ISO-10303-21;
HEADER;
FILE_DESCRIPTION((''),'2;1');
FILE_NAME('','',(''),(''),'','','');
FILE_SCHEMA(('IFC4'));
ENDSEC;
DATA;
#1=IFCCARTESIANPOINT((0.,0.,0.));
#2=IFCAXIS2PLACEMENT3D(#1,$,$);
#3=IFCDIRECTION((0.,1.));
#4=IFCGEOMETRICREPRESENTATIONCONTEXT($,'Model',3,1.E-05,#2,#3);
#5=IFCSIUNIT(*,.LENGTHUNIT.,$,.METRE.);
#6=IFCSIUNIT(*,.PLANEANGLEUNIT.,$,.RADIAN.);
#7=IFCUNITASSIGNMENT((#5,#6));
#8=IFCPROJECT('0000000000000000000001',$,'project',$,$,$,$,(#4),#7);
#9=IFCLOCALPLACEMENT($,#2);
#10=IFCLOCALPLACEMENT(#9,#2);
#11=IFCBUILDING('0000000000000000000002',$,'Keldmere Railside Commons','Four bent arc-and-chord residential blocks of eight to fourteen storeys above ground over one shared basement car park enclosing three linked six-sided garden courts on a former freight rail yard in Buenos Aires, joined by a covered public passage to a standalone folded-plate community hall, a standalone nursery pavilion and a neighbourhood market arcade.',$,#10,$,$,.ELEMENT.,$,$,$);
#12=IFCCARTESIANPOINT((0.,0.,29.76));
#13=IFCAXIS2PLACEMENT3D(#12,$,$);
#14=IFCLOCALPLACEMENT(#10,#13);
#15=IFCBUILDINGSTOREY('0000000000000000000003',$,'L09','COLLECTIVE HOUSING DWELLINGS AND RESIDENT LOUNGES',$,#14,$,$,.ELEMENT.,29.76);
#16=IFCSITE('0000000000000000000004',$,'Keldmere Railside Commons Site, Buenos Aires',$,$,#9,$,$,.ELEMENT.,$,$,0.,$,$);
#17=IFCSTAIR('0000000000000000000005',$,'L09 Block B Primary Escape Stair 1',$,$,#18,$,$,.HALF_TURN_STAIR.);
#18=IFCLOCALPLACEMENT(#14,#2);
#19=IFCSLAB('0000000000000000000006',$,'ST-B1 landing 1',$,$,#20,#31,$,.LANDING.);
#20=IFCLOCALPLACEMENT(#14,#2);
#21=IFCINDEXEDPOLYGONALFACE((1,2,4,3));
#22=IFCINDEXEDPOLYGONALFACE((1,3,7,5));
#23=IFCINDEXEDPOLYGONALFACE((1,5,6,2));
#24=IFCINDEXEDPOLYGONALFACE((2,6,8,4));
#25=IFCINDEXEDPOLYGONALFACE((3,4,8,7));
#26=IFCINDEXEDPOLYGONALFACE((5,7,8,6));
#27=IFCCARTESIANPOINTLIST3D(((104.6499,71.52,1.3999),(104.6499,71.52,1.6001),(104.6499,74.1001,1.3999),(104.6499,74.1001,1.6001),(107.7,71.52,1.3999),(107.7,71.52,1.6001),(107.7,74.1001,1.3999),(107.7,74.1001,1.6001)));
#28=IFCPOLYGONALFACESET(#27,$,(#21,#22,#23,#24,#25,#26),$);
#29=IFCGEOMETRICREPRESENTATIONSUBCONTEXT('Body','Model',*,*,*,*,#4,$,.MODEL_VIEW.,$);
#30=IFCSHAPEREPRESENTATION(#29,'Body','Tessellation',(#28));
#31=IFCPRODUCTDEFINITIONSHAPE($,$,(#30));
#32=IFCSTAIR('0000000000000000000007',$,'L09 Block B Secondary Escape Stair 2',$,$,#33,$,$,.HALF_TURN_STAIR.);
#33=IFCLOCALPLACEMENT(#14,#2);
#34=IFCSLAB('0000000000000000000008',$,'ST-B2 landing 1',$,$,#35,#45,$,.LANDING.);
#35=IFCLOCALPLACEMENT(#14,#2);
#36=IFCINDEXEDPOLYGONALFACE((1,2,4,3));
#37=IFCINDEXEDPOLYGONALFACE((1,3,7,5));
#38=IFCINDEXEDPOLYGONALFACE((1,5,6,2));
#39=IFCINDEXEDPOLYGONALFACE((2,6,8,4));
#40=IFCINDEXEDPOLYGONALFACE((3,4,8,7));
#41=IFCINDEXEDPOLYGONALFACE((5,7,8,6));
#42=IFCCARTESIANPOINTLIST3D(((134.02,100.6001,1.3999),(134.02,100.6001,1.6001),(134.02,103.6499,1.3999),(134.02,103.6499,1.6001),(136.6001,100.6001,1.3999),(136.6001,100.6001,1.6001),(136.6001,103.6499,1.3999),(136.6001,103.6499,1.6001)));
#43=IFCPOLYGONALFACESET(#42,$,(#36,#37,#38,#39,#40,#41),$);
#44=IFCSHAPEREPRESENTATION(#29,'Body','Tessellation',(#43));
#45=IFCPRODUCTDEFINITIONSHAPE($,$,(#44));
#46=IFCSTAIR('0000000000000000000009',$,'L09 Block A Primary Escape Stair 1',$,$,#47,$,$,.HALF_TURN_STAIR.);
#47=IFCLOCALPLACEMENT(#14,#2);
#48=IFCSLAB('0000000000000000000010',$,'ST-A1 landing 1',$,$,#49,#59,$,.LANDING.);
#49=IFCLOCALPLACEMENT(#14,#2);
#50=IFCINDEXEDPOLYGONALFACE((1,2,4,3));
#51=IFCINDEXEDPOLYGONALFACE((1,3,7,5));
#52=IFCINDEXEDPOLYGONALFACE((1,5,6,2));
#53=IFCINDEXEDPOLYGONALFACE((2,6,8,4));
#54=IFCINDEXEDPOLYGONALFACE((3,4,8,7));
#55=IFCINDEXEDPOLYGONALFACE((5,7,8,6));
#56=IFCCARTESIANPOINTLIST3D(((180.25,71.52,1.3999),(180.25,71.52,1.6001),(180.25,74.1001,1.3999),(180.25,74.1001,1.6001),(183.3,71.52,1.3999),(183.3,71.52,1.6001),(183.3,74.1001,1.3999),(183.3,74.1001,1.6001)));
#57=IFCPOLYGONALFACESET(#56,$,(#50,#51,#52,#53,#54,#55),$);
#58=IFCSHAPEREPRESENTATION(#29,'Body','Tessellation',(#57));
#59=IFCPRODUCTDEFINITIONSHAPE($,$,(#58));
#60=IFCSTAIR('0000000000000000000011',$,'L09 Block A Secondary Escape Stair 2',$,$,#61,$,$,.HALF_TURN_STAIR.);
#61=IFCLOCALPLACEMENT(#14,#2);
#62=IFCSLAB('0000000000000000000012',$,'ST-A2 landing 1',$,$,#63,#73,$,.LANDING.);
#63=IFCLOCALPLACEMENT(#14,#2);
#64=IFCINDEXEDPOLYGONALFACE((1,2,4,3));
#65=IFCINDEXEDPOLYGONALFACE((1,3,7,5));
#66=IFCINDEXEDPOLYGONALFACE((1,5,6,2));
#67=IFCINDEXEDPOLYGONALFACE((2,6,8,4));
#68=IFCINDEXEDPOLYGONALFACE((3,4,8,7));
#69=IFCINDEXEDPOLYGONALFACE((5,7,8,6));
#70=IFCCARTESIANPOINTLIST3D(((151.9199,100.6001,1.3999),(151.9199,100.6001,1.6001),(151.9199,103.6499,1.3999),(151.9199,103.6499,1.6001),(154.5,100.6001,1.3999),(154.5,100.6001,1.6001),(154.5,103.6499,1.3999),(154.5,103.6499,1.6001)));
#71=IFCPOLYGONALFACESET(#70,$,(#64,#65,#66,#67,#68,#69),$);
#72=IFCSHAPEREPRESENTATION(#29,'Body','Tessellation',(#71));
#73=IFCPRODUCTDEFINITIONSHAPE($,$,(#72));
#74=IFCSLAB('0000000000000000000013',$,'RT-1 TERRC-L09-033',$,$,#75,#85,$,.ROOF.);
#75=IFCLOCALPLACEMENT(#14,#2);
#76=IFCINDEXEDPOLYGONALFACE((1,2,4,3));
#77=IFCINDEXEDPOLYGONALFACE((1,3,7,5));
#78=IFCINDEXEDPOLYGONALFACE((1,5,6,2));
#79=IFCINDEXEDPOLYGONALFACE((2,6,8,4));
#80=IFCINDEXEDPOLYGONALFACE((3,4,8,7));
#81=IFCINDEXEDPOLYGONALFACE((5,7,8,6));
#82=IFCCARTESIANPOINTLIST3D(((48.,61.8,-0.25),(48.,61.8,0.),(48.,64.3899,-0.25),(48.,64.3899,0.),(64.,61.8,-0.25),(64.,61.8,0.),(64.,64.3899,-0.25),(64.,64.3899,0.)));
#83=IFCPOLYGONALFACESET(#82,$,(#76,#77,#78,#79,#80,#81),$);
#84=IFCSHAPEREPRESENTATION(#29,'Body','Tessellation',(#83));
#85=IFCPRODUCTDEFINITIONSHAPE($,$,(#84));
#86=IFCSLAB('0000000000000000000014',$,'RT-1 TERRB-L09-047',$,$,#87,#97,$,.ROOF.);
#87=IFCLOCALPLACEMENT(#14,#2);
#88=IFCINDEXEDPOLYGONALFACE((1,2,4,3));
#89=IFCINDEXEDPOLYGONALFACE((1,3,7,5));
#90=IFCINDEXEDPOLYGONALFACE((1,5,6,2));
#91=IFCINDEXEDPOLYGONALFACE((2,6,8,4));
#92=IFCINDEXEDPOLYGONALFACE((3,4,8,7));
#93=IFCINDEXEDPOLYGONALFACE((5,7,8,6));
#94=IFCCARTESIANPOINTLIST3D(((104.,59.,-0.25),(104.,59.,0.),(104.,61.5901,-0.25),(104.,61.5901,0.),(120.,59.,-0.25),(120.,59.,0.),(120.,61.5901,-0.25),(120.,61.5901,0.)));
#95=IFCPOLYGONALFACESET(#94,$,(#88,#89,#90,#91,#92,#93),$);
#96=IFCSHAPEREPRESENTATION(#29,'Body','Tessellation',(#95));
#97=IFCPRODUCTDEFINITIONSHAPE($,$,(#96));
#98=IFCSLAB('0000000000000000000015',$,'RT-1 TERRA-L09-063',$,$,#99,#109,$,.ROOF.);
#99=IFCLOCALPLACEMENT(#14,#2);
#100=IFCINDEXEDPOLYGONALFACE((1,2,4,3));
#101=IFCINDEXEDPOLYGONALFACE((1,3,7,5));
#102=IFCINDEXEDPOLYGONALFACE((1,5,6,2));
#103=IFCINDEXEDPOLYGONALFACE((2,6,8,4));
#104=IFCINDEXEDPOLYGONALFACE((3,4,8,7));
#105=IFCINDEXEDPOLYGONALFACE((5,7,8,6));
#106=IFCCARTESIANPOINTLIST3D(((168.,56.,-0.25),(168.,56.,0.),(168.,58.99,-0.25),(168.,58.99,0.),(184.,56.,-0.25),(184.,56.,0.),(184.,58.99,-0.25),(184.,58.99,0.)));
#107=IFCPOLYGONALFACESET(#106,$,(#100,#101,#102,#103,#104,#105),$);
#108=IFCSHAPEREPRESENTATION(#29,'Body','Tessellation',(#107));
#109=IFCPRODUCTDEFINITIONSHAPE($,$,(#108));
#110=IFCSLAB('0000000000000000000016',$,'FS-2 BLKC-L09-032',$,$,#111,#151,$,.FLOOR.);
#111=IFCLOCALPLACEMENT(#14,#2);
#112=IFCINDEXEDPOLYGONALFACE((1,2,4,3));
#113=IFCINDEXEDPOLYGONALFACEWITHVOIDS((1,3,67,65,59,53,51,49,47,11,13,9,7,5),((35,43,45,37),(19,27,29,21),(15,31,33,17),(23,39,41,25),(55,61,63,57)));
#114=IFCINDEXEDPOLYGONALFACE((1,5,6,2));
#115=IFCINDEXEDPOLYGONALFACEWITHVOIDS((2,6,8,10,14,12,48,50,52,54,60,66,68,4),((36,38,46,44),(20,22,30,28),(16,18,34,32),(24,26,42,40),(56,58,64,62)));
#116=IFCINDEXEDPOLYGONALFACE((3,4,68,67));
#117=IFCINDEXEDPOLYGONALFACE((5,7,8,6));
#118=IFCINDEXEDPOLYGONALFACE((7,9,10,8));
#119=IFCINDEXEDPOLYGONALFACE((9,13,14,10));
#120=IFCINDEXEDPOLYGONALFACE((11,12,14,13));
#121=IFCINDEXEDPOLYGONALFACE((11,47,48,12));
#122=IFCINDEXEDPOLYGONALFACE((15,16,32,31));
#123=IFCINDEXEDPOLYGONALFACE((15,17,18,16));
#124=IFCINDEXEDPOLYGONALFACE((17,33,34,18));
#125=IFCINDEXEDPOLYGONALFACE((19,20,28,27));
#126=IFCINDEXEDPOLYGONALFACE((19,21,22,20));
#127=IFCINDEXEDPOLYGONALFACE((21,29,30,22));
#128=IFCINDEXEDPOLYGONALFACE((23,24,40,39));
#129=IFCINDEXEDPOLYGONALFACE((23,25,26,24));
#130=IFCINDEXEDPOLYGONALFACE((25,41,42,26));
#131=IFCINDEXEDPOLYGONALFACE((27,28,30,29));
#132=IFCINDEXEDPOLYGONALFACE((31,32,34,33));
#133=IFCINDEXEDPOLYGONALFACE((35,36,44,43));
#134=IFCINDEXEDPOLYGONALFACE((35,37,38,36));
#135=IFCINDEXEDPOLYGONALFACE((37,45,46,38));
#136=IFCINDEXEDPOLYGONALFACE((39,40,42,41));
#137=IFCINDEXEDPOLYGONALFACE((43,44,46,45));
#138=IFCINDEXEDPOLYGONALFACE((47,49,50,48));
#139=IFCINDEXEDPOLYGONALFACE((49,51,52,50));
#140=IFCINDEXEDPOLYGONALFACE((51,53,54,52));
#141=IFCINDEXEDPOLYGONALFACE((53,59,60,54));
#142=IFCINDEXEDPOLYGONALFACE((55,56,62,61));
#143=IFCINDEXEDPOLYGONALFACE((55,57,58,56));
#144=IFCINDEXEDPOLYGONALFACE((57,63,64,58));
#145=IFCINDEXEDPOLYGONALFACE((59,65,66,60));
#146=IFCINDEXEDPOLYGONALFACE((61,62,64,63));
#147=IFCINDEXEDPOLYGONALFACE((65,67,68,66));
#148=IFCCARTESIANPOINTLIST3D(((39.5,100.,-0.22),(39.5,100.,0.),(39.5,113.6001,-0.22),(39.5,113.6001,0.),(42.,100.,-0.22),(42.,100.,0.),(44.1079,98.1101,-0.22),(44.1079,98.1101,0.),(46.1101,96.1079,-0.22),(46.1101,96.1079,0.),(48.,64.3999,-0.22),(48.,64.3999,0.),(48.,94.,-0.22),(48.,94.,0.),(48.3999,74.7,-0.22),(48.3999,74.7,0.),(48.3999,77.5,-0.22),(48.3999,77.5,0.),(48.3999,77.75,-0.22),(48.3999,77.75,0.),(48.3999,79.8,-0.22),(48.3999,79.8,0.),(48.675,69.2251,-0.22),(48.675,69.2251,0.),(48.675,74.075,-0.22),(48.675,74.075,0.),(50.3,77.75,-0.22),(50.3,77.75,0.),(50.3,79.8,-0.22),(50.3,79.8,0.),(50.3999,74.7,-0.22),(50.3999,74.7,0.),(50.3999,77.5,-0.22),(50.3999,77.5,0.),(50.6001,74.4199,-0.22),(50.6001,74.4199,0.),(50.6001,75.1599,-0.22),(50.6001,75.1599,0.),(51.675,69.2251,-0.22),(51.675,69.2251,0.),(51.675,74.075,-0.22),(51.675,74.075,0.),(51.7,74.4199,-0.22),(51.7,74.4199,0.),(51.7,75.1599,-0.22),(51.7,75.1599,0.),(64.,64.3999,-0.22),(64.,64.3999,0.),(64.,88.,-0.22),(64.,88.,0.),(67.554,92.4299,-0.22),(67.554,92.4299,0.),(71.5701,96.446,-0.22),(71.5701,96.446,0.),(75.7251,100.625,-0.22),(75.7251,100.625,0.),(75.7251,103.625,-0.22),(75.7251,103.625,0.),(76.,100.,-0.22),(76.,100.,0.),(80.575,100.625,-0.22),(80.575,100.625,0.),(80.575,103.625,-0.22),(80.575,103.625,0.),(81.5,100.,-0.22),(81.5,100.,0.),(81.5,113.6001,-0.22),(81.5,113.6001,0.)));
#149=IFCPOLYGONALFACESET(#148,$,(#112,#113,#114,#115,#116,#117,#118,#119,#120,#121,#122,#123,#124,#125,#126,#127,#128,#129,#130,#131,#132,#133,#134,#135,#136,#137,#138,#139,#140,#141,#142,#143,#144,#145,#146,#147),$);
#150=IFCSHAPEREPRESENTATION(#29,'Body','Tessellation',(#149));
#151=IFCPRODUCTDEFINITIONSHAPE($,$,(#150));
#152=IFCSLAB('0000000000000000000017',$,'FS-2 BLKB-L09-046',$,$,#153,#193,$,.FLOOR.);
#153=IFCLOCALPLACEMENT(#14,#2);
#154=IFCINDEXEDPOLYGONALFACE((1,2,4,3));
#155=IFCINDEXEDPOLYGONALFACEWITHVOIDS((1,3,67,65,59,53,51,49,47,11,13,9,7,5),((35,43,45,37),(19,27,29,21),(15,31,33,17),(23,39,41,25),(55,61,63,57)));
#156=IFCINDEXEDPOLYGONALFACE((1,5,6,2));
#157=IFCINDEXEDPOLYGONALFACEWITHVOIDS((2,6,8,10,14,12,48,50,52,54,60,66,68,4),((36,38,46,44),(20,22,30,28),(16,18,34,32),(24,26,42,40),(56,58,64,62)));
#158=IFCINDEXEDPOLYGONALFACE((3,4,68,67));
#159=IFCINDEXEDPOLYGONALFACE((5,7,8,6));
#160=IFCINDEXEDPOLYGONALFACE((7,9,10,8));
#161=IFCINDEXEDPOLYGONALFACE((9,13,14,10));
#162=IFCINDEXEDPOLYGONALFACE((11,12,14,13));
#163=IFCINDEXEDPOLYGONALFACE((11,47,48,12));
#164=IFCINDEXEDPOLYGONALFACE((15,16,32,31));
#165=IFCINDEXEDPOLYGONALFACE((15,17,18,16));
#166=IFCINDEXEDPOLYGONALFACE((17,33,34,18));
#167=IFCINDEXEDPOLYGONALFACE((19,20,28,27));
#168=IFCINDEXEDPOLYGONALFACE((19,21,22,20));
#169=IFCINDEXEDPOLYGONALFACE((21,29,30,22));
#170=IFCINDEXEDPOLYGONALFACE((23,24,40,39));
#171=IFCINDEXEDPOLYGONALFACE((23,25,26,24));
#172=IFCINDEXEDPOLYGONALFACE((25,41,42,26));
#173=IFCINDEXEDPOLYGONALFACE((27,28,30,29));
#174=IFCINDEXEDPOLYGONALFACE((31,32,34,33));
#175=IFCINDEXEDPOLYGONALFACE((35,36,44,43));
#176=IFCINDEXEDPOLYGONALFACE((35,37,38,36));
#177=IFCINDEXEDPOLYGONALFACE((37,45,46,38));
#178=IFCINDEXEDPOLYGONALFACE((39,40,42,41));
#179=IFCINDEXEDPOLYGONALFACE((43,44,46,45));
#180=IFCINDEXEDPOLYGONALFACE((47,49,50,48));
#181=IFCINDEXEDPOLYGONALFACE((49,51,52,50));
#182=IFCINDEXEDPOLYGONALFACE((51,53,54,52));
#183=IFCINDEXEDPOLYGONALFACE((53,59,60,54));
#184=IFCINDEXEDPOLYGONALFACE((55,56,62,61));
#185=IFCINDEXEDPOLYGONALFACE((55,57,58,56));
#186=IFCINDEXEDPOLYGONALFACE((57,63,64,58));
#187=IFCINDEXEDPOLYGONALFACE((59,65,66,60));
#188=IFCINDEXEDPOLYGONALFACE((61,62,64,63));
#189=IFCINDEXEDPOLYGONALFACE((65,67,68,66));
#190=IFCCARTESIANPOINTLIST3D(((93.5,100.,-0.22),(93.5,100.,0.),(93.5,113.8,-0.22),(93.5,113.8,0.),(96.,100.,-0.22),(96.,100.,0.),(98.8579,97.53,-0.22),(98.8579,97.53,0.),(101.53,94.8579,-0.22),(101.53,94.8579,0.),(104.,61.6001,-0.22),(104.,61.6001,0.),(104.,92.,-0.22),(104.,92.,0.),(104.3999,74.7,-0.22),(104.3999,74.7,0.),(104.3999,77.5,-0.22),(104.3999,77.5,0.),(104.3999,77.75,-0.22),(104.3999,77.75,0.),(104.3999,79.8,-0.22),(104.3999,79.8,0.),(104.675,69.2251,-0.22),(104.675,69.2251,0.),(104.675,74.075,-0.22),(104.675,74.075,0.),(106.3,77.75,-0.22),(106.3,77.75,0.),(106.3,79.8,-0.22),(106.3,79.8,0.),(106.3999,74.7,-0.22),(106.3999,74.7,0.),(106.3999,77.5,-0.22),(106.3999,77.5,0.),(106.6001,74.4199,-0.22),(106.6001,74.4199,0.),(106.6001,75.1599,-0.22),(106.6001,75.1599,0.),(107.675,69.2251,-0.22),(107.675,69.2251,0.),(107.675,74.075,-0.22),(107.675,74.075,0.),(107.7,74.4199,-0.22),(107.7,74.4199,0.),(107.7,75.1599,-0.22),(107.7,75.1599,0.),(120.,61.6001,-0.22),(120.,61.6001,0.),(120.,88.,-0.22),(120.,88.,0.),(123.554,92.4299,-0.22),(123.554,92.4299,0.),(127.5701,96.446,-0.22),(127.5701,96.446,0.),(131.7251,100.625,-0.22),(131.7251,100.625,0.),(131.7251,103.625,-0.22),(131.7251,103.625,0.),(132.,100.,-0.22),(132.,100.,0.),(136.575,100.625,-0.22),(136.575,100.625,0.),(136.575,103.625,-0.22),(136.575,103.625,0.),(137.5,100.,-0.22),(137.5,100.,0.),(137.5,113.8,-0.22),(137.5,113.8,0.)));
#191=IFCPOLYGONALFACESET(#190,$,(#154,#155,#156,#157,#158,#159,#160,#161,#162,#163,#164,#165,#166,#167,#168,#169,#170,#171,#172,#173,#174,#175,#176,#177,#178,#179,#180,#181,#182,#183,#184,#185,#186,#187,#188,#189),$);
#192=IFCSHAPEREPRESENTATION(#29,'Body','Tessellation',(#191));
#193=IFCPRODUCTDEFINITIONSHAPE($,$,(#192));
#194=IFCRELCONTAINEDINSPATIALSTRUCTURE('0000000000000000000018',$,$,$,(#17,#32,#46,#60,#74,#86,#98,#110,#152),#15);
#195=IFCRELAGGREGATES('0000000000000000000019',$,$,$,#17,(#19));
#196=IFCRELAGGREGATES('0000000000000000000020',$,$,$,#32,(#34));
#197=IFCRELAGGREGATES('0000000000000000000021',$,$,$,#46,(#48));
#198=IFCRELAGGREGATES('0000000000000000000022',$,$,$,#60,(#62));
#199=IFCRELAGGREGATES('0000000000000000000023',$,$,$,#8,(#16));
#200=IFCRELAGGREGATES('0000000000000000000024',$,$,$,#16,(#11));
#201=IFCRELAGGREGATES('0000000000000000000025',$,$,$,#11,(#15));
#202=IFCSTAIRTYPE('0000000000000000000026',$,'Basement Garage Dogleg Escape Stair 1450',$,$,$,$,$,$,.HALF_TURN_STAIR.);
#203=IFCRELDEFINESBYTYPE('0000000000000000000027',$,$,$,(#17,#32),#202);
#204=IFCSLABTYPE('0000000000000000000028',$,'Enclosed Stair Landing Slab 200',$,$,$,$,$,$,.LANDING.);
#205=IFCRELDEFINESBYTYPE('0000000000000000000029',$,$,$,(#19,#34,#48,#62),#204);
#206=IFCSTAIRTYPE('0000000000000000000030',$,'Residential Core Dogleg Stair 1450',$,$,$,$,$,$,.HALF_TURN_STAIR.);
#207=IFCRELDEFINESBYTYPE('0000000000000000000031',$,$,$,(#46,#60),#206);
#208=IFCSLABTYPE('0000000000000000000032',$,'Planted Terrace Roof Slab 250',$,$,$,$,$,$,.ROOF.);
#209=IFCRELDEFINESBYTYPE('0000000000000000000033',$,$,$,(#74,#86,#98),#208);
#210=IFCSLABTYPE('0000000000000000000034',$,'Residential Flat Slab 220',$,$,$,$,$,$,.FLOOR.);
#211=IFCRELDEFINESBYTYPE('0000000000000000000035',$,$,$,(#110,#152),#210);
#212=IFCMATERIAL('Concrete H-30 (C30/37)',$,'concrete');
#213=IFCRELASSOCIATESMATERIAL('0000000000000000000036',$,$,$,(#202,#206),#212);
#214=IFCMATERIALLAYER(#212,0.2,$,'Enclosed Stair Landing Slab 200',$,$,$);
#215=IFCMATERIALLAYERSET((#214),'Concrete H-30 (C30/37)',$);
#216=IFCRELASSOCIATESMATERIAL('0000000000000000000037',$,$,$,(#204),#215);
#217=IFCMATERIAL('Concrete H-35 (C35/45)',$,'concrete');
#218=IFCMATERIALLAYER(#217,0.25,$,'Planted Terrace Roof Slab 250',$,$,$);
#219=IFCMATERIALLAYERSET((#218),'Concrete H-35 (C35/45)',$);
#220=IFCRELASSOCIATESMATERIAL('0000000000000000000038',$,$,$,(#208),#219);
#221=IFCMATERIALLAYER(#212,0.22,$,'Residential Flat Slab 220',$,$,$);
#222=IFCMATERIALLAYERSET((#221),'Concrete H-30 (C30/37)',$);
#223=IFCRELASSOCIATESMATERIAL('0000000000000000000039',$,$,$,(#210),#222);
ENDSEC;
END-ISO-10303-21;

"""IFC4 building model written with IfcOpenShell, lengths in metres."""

from ifc_helpers import new_model, si_unit, direction, frame, origin, place, context, subcontext, project, spatial, polyline, outline, extrude, material, layer, layer_set, type_object, element, aggregate, save


model = new_model("IFC4")

# Units and contexts
model_context = context("Model", 3, precision=1e-05, world=origin(), true_north=direction((0.0, 1.0)))
body_context = subcontext(model_context, "Body", "Model", "MODEL_VIEW")
ifc_project = project(units=[si_unit("LENGTHUNIT", "METRE"), si_unit("PLANEANGLEUNIT", "RADIAN")], contexts=[model_context])

# Site, building, storey
site_placement = place(None, origin())
site = spatial("IfcSite", under=ifc_project, at=site_placement, Name="Keldmere Railside Commons Site, Buenos Aires", CompositionType="ELEMENT", RefElevation=0.0)
building_placement = place(site_placement, origin())
building = spatial("IfcBuilding", under=site, at=building_placement, Name="Keldmere Railside Commons", Description="Four bent arc-and-chord residential blocks of eight to fourteen storeys above ground over one shared basement car park enclosing three linked six-sided garden courts on a former freight rail yard in Buenos Aires, joined by a covered public passage to a standalone folded-plate community hall, a standalone nursery pavilion and a neighbourhood market arcade.", CompositionType="ELEMENT")
storey_placement = place(building_placement, frame((0.0, 0.0, 29.76)))
storey = spatial("IfcBuildingStorey", under=building, at=storey_placement, Name="L09", Description="COLLECTIVE HOUSING DWELLINGS AND RESIDENT LOUNGES", CompositionType="ELEMENT", Elevation=29.76)

# Stairs, slabs
ifc_material_1 = material(Name="Concrete H-30 (C30/37)", Category="concrete")
stair_type_1 = type_object("IfcStairType", Name="Basement Garage Dogleg Escape Stair 1450", PredefinedType="HALF_TURN_STAIR", material=ifc_material_1)
stair_1_placement = place(storey_placement, origin())
stair_1 = element("IfcStair", 1, at=stair_1_placement, inside=storey, type_object=stair_type_1, Name="L09 Block B Primary Escape Stair 1", PredefinedType="HALF_TURN_STAIR")
ifc_layer_1 = layer(ifc_material_1, 0.2, Name="Enclosed Stair Landing Slab 200")
ifc_layer_set_1 = layer_set([ifc_layer_1], Name="Concrete H-30 (C30/37)")
slab_type_1 = type_object("IfcSlabType", Name="Enclosed Stair Landing Slab 200", PredefinedType="LANDING", material=ifc_layer_set_1)
slab_1_placement = place(storey_placement, frame((0.0, 0.0, 1.3999)))
slab_1 = element("IfcSlab", 2, at=slab_1_placement, type_object=slab_type_1, Name="ST-B1 landing 1", PredefinedType="LANDING", context=body_context, shape_type="SweptSolid", body=[
    extrude(outline(polyline([(107.7, 71.52), (107.7, 74.1001), (104.6499, 74.1001), (104.6499, 71.52), (107.7, 71.52)])), origin(), (0.0, 0.0, 1.0), 0.2002),
])
aggregate(stair_1, [slab_1])
stair_2_placement = place(storey_placement, origin())
stair_2 = element("IfcStair", 3, at=stair_2_placement, inside=storey, type_object=stair_type_1, Name="L09 Block B Secondary Escape Stair 2", PredefinedType="HALF_TURN_STAIR")
slab_2_placement = place(storey_placement, frame((0.0, 0.0, 1.3999)))
slab_2 = element("IfcSlab", 4, at=slab_2_placement, type_object=slab_type_1, Name="ST-B2 landing 1", PredefinedType="LANDING", context=body_context, shape_type="SweptSolid", body=[
    extrude(outline(polyline([(134.02, 100.6001), (136.6001, 100.6001), (136.6001, 103.6499), (134.02, 103.6499), (134.02, 100.6001)])), origin(), (0.0, 0.0, 1.0), 0.2002),
])
aggregate(stair_2, [slab_2])
stair_type_2 = type_object("IfcStairType", Name="Residential Core Dogleg Stair 1450", PredefinedType="HALF_TURN_STAIR", material=ifc_material_1)
stair_3_placement = place(storey_placement, origin())
stair_3 = element("IfcStair", 5, at=stair_3_placement, inside=storey, type_object=stair_type_2, Name="L09 Block A Primary Escape Stair 1", PredefinedType="HALF_TURN_STAIR")
slab_3_placement = place(storey_placement, frame((0.0, 0.0, 1.3999)))
slab_3 = element("IfcSlab", 6, at=slab_3_placement, type_object=slab_type_1, Name="ST-A1 landing 1", PredefinedType="LANDING", context=body_context, shape_type="SweptSolid", body=[
    extrude(outline(polyline([(183.3, 71.52), (183.3, 74.1001), (180.25, 74.1001), (180.25, 71.52), (183.3, 71.52)])), origin(), (0.0, 0.0, 1.0), 0.2002),
])
aggregate(stair_3, [slab_3])
stair_4_placement = place(storey_placement, origin())
stair_4 = element("IfcStair", 7, at=stair_4_placement, inside=storey, type_object=stair_type_2, Name="L09 Block A Secondary Escape Stair 2", PredefinedType="HALF_TURN_STAIR")
slab_4_placement = place(storey_placement, frame((0.0, 0.0, 1.3999)))
slab_4 = element("IfcSlab", 8, at=slab_4_placement, type_object=slab_type_1, Name="ST-A2 landing 1", PredefinedType="LANDING", context=body_context, shape_type="SweptSolid", body=[
    extrude(outline(polyline([(151.9199, 100.6001), (154.5, 100.6001), (154.5, 103.6499), (151.9199, 103.6499), (151.9199, 100.6001)])), origin(), (0.0, 0.0, 1.0), 0.2002),
])
aggregate(stair_4, [slab_4])

# Slabs
ifc_material_2 = material(Name="Concrete H-35 (C35/45)", Category="concrete")
ifc_layer_2 = layer(ifc_material_2, 0.25, Name="Planted Terrace Roof Slab 250")
ifc_layer_set_2 = layer_set([ifc_layer_2], Name="Concrete H-35 (C35/45)")
slab_type_2 = type_object("IfcSlabType", Name="Planted Terrace Roof Slab 250", PredefinedType="ROOF", material=ifc_layer_set_2)
slab_5_placement = place(storey_placement, frame((0.0, 0.0, -0.25)))
element("IfcSlab", 9, at=slab_5_placement, inside=storey, type_object=slab_type_2, Name="RT-1 TERRC-L09-033", PredefinedType="ROOF", context=body_context, shape_type="SweptSolid", body=[
    extrude(outline(polyline([(64.0, 61.8), (64.0, 64.3899), (48.0, 64.3899), (48.0, 61.8), (64.0, 61.8)])), origin(), (0.0, 0.0, 1.0), 0.25),
])
slab_6_placement = place(storey_placement, frame((0.0, 0.0, -0.25)))
element("IfcSlab", 10, at=slab_6_placement, inside=storey, type_object=slab_type_2, Name="RT-1 TERRB-L09-047", PredefinedType="ROOF", context=body_context, shape_type="SweptSolid", body=[
    extrude(outline(polyline([(120.0, 59.0), (120.0, 61.5901), (104.0, 61.5901), (104.0, 59.0), (120.0, 59.0)])), origin(), (0.0, 0.0, 1.0), 0.25),
])
slab_7_placement = place(storey_placement, frame((0.0, 0.0, -0.25)))
element("IfcSlab", 11, at=slab_7_placement, inside=storey, type_object=slab_type_2, Name="RT-1 TERRA-L09-063", PredefinedType="ROOF", context=body_context, shape_type="SweptSolid", body=[
    extrude(outline(polyline([(184.0, 56.0), (184.0, 58.99), (168.0, 58.99), (168.0, 56.0), (184.0, 56.0)])), origin(), (0.0, 0.0, 1.0), 0.25),
])
ifc_layer_3 = layer(ifc_material_1, 0.22, Name="Residential Flat Slab 220")
ifc_layer_set_3 = layer_set([ifc_layer_3], Name="Concrete H-30 (C30/37)")
slab_type_3 = type_object("IfcSlabType", Name="Residential Flat Slab 220", PredefinedType="FLOOR", material=ifc_layer_set_3)
slab_8_placement = place(storey_placement, frame((0.0, 0.0, -0.22)))
element("IfcSlab", 12, at=slab_8_placement, inside=storey, type_object=slab_type_3, Name="FS-2 BLKC-L09-032", PredefinedType="FLOOR", context=body_context, shape_type="SweptSolid", body=[
    extrude(outline(polyline([(48.0, 64.3999), (64.0, 64.3999), (64.0, 88.0), (67.554, 92.4299), (71.5701, 96.446), (76.0, 100.0), (81.5, 100.0), (81.5, 113.6001), (39.5, 113.6001), (39.5, 100.0), (42.0, 100.0), (44.1079, 98.1101), (46.1101, 96.1079), (48.0, 94.0), (48.0, 64.3999)]), holes=[polyline([(51.675, 74.075), (51.675, 69.2251), (48.675, 69.2251), (48.675, 74.075), (51.675, 74.075)]), polyline([(51.7, 74.4199), (50.6001, 74.4199), (50.6001, 75.1599), (51.7, 75.1599), (51.7, 74.4199)]), polyline([(50.3999, 74.7), (48.3999, 74.7), (48.3999, 77.5), (50.3999, 77.5), (50.3999, 74.7)]), polyline([(50.3, 77.75), (48.3999, 77.75), (48.3999, 79.8), (50.3, 79.8), (50.3, 77.75)]), polyline([(75.7251, 100.625), (75.7251, 103.625), (80.575, 103.625), (80.575, 100.625), (75.7251, 100.625)])]), origin(), (0.0, 0.0, 1.0), 0.22),
])
slab_9_placement = place(storey_placement, frame((0.0, 0.0, -0.22)))
element("IfcSlab", 13, at=slab_9_placement, inside=storey, type_object=slab_type_3, Name="FS-2 BLKB-L09-046", PredefinedType="FLOOR", context=body_context, shape_type="SweptSolid", body=[
    extrude(outline(polyline([(104.0, 61.6001), (120.0, 61.6001), (120.0, 88.0), (123.554, 92.4299), (127.5701, 96.446), (132.0, 100.0), (137.5, 100.0), (137.5, 113.8), (93.5, 113.8), (93.5, 100.0), (96.0, 100.0), (98.8579, 97.53), (101.53, 94.8579), (104.0, 92.0), (104.0, 61.6001)]), holes=[polyline([(107.675, 69.2251), (104.675, 69.2251), (104.675, 74.075), (107.675, 74.075), (107.675, 69.2251)]), polyline([(106.3999, 74.7), (104.3999, 74.7), (104.3999, 77.5), (106.3999, 77.5), (106.3999, 74.7)]), polyline([(106.3, 77.75), (104.3999, 77.75), (104.3999, 79.8), (106.3, 79.8), (106.3, 77.75)]), polyline([(107.7, 74.4199), (106.6001, 74.4199), (106.6001, 75.1599), (107.7, 75.1599), (107.7, 74.4199)]), polyline([(131.7251, 100.625), (131.7251, 103.625), (136.575, 103.625), (136.575, 100.625), (131.7251, 100.625)])]), origin(), (0.0, 0.0, 1.0), 0.22),
])

save(model, "model.ifc")
